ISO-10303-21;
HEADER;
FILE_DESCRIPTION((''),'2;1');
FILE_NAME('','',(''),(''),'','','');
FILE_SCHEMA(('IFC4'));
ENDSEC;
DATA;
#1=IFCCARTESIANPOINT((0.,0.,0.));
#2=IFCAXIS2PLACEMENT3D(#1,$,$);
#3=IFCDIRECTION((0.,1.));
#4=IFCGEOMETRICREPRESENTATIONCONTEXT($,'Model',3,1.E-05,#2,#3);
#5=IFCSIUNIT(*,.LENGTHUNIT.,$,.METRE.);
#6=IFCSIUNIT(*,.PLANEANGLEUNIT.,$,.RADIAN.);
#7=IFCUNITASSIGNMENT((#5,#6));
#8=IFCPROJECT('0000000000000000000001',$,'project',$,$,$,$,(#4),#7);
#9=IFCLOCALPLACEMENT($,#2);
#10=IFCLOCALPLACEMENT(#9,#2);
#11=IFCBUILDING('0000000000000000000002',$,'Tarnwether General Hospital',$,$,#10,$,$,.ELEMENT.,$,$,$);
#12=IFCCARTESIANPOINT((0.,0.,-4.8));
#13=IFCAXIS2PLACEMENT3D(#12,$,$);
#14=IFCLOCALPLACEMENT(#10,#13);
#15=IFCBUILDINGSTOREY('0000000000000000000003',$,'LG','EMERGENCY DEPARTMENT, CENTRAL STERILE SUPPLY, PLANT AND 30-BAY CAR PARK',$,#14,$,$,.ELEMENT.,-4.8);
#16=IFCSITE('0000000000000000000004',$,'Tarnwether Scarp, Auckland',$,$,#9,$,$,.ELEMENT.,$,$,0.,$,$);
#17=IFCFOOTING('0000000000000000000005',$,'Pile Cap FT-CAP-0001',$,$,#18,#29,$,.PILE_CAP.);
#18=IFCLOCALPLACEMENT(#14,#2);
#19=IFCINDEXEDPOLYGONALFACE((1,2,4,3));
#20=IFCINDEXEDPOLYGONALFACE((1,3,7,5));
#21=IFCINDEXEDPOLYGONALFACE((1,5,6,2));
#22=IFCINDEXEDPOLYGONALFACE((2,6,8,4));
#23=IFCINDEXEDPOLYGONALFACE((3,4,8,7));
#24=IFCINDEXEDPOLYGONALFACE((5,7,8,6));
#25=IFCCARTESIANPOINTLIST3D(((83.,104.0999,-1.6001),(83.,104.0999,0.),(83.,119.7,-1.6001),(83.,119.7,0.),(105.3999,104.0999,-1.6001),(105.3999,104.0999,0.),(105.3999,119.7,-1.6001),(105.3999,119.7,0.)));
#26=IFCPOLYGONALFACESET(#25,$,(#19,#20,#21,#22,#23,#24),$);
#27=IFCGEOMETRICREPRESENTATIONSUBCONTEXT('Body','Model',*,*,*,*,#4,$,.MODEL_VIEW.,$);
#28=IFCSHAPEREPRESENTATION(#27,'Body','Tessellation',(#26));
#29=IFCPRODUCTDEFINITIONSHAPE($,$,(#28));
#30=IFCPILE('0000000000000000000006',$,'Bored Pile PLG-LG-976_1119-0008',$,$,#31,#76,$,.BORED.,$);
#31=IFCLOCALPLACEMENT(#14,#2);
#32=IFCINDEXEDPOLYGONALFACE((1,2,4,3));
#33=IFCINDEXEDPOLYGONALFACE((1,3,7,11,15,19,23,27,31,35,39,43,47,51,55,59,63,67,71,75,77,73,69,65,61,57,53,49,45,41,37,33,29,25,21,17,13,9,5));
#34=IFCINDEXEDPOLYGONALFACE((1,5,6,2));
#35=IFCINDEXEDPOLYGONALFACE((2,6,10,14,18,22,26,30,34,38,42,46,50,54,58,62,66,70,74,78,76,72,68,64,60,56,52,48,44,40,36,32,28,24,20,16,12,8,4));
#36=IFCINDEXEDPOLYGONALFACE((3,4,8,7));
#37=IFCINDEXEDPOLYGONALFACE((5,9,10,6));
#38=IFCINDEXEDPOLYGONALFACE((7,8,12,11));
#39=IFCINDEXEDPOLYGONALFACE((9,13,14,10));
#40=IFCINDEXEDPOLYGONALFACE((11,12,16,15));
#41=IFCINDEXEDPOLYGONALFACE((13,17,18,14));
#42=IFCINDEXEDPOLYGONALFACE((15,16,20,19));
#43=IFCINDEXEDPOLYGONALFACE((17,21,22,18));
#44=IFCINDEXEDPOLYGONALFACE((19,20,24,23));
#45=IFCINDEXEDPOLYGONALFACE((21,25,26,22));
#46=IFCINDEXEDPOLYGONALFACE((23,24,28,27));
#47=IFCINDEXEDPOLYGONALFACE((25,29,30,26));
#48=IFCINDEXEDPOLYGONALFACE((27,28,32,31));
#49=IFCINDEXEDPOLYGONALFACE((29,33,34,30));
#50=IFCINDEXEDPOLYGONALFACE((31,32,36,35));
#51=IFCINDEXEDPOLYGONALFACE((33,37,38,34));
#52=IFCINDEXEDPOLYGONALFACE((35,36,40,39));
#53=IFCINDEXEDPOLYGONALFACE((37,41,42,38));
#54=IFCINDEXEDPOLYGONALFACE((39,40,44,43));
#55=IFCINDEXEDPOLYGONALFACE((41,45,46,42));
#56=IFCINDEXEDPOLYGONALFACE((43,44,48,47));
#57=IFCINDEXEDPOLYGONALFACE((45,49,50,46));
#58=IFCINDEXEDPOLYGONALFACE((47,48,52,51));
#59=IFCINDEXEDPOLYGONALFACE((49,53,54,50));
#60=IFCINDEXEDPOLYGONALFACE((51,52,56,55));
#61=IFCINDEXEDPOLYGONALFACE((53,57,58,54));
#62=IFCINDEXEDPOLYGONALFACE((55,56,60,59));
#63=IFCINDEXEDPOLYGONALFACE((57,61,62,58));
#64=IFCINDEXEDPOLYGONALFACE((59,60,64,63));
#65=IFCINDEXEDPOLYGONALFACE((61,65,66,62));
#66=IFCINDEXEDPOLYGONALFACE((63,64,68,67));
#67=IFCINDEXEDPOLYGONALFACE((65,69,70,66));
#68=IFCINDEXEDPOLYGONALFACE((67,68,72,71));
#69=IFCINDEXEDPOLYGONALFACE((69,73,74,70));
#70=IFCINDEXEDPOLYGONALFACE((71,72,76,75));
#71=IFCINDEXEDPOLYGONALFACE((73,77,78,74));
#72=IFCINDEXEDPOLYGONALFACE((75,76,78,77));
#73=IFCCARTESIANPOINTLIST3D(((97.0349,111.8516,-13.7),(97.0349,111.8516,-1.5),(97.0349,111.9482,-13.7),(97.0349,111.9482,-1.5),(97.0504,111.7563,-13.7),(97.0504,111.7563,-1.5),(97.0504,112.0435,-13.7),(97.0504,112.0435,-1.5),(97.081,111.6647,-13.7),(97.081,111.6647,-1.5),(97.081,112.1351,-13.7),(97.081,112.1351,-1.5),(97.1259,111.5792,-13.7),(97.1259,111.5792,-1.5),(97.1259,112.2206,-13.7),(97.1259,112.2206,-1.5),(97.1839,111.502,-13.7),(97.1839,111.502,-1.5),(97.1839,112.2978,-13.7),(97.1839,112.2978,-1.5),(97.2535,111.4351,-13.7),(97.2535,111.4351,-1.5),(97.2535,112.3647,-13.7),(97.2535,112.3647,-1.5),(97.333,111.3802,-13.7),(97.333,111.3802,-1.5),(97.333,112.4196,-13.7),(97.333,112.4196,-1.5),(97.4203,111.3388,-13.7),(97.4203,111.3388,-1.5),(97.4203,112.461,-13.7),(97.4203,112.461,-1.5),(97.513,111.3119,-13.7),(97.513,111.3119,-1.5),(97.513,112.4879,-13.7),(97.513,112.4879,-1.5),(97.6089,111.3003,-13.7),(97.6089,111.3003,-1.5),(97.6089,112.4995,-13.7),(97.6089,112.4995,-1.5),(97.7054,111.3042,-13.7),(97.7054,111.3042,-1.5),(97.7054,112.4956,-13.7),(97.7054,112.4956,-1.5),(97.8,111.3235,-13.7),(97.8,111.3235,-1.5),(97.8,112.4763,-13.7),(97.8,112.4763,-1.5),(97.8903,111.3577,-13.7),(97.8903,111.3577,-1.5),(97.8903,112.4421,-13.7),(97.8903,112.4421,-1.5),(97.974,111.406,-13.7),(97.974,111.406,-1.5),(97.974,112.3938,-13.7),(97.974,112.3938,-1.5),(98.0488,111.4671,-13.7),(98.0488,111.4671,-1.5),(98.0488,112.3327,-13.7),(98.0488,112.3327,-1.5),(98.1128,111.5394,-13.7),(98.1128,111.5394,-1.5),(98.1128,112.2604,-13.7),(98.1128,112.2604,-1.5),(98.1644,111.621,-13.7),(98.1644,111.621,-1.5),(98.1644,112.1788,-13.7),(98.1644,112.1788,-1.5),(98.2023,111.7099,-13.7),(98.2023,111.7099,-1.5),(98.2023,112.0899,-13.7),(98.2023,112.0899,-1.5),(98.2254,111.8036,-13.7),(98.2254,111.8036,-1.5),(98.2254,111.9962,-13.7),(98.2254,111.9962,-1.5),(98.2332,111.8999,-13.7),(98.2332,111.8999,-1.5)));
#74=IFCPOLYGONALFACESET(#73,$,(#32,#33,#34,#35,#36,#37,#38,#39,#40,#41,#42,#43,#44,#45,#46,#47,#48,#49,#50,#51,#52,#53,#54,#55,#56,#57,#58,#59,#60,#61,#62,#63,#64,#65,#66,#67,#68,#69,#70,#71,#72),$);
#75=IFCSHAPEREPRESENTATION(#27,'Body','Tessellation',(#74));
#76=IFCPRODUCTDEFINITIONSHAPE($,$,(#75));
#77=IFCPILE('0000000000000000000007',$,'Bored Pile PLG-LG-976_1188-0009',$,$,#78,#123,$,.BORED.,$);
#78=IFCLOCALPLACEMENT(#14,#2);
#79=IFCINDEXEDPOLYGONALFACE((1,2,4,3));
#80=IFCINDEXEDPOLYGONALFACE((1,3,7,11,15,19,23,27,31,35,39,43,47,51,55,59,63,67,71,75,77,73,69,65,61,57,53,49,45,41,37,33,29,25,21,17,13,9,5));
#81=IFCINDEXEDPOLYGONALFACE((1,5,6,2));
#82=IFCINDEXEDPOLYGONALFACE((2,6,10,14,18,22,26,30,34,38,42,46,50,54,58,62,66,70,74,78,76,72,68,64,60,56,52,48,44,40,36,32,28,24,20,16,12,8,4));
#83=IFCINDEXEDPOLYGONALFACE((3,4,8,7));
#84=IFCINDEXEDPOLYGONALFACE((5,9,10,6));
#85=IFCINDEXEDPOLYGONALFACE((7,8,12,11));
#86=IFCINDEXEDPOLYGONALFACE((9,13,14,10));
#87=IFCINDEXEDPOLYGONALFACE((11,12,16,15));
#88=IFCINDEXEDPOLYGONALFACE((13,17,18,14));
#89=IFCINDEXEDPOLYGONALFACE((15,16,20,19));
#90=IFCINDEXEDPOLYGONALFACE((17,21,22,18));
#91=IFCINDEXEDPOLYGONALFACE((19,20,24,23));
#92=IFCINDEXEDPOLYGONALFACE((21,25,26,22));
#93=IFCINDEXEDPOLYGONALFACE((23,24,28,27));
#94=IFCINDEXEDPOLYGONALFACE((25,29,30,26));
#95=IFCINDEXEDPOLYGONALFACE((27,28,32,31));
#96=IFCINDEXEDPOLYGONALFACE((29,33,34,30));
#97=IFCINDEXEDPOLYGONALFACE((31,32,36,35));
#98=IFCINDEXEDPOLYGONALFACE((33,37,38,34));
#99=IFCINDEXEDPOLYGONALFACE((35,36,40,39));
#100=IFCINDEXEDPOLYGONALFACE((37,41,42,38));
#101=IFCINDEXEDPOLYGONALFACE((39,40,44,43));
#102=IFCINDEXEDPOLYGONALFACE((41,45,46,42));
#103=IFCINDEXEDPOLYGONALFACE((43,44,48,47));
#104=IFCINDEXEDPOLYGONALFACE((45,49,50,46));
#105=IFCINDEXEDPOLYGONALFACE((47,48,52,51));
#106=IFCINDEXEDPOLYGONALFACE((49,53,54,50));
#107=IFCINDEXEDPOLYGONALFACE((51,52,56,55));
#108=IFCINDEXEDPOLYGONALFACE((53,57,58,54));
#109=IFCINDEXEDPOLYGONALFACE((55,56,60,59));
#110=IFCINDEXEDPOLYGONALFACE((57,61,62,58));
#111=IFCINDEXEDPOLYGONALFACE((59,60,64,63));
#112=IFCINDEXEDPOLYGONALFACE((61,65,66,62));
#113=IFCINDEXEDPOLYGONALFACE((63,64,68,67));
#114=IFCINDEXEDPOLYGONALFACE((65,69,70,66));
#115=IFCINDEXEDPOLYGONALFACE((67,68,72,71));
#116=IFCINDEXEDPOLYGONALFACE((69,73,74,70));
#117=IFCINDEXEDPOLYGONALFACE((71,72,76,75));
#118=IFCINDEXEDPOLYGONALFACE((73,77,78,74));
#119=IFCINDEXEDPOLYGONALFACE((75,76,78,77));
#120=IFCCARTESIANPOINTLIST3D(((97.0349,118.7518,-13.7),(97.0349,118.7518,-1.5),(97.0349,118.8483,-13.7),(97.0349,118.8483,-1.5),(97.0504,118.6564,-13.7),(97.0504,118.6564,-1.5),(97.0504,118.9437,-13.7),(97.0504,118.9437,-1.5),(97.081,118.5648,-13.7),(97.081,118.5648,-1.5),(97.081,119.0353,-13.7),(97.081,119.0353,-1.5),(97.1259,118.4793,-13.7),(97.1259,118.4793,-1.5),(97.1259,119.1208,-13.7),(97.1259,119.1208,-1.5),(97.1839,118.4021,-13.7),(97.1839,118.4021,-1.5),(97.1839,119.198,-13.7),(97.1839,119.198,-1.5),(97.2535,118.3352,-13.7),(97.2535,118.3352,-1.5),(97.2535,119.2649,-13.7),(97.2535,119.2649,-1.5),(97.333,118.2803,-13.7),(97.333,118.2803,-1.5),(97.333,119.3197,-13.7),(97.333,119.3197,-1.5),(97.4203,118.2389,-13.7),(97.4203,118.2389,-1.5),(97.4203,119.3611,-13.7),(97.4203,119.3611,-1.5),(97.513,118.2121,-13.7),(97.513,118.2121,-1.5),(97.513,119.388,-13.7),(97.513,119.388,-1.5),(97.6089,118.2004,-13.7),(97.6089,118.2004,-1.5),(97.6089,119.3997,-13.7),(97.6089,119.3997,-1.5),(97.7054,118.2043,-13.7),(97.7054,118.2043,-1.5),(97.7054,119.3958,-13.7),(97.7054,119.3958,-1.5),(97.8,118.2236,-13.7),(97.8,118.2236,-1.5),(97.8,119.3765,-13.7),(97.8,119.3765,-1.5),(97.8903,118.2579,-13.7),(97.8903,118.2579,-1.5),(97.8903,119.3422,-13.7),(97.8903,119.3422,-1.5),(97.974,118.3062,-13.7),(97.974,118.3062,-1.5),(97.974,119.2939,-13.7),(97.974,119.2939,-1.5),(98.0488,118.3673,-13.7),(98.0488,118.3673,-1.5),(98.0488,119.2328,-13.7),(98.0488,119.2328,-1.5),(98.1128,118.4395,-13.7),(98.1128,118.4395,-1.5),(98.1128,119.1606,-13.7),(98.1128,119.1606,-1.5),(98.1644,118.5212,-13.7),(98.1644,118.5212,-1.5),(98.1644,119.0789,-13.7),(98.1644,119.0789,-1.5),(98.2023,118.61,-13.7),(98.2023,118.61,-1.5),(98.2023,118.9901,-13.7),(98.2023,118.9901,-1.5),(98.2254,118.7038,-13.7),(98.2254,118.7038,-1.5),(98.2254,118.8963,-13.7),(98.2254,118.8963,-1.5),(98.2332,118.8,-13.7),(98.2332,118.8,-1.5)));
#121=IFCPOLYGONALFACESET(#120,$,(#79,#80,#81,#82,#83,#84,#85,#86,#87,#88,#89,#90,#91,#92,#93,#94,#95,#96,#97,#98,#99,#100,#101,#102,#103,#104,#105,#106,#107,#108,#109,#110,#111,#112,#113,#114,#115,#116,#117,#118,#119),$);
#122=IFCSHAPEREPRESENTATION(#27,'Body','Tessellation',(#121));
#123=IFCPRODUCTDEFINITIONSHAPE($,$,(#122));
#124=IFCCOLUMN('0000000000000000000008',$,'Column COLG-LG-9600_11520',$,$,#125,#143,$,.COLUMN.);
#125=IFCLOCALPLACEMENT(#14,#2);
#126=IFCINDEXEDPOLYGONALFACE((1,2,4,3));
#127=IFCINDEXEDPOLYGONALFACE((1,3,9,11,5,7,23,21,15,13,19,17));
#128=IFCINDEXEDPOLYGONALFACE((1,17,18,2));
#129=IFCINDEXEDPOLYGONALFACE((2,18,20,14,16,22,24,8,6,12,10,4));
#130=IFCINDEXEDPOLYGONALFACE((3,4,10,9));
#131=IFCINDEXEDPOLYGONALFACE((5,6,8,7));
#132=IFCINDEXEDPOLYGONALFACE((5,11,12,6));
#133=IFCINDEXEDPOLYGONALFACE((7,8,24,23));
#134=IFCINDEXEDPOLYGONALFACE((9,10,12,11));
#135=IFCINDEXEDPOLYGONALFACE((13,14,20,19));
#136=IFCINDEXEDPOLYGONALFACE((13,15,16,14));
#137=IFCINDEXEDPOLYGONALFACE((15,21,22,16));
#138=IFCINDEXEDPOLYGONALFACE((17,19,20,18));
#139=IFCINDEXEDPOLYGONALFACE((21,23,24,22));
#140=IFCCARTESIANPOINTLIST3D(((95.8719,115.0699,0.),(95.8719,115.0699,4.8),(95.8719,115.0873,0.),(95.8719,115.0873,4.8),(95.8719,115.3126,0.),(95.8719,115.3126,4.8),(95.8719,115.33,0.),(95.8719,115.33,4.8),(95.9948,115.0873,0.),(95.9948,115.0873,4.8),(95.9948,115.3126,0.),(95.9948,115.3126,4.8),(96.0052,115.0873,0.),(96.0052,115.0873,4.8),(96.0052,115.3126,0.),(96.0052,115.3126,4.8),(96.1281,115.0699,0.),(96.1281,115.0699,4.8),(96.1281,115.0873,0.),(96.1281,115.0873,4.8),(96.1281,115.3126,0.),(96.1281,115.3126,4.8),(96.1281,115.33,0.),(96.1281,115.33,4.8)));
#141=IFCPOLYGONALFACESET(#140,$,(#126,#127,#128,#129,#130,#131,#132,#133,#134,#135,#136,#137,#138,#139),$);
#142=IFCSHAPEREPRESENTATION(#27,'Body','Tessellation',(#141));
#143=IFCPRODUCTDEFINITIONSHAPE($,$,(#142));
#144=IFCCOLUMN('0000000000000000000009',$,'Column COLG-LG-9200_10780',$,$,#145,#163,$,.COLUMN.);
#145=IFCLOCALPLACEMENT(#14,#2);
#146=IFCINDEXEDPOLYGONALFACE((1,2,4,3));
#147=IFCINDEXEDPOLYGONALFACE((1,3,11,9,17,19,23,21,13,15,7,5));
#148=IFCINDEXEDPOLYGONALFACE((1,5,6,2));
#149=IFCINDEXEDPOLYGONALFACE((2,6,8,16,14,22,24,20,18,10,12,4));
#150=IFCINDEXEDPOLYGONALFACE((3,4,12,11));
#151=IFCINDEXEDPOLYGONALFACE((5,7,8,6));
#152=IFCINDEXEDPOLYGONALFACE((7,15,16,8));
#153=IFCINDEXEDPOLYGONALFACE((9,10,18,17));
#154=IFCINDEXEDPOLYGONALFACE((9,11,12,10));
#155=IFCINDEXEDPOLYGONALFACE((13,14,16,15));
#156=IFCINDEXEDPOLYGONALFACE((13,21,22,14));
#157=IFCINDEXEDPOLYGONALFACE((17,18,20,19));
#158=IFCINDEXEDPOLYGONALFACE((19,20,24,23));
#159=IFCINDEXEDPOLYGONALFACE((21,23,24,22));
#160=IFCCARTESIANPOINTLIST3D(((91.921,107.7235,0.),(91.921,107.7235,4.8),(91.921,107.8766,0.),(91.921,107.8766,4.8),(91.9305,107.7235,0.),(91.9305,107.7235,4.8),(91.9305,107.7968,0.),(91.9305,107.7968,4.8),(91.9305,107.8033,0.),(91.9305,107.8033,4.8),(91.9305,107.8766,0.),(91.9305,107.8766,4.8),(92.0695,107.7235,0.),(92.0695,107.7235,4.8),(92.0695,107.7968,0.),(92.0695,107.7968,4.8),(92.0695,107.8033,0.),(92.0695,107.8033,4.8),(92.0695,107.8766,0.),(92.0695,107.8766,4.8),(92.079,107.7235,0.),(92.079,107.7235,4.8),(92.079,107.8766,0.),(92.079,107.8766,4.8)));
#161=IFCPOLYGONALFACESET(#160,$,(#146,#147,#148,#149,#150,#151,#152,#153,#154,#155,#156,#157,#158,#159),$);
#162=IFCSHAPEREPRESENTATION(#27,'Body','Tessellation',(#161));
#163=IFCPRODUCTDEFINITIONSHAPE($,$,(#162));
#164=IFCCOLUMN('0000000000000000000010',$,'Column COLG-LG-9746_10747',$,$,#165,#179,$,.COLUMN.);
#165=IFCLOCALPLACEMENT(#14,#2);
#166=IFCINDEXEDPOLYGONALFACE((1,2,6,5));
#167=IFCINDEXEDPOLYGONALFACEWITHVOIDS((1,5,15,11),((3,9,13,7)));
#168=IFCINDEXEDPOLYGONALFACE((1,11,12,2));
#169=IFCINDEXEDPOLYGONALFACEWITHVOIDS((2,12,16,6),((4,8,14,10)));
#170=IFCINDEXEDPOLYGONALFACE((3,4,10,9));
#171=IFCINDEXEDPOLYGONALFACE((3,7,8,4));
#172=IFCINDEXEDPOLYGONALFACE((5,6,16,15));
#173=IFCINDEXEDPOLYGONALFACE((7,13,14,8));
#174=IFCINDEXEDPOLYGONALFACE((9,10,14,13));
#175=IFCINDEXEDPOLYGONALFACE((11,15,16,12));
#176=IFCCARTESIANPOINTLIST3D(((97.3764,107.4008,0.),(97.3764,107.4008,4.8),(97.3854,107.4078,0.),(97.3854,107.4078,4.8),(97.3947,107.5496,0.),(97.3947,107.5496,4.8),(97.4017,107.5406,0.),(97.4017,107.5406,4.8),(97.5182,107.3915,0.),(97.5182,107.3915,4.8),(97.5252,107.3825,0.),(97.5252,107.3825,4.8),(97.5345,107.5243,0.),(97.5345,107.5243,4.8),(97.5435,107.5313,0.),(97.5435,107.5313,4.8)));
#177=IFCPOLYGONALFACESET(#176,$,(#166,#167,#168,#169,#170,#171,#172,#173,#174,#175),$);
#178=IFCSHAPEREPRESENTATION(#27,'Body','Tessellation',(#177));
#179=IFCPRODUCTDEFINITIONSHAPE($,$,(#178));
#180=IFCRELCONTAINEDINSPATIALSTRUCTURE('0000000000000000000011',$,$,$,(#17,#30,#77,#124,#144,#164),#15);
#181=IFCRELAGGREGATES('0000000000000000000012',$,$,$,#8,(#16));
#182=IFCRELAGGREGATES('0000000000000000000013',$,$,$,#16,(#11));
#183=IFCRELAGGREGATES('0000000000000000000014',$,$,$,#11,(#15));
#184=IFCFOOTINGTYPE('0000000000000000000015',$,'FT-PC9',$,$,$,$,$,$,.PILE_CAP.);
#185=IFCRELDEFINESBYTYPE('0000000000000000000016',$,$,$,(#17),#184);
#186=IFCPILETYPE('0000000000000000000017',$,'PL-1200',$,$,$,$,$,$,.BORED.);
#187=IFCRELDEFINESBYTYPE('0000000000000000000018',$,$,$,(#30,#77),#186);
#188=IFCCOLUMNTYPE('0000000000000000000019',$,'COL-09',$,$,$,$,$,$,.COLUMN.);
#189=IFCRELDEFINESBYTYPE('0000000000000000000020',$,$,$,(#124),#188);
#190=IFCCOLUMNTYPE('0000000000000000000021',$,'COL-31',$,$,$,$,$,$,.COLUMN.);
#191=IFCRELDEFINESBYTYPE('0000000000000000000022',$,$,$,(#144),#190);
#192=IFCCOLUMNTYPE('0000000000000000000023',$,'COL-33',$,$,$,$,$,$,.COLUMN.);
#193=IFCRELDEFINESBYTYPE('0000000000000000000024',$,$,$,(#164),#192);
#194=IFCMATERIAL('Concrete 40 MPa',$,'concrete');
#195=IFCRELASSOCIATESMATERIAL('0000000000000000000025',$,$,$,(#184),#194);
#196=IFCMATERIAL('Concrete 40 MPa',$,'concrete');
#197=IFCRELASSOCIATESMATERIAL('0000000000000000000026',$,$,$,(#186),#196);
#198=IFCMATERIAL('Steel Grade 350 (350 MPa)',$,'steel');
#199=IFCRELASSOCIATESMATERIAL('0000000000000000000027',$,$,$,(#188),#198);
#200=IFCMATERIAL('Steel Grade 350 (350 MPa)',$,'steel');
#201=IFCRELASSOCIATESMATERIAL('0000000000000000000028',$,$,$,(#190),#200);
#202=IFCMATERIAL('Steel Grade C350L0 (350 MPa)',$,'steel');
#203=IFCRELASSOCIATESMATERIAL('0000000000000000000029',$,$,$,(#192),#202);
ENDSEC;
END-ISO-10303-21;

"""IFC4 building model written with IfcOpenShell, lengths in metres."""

from ifc_helpers import new_model, si_unit, direction, frame, origin, origin_2d, place, context, subcontext, project, spatial, rectangle, hollow_rectangle, circle, i_section, extrude, material, material_profile, profile_set, type_object, element, save


model = new_model("IFC4")

# Units and contexts
model_context = context("Model", 3, precision=1e-05, world=origin(), true_north=direction((0.0, 1.0)))
body_context = subcontext(model_context, "Body", "Model", "MODEL_VIEW")
ifc_project = project(units=[si_unit("LENGTHUNIT", "METRE"), si_unit("PLANEANGLEUNIT", "RADIAN")], contexts=[model_context])

# Site, building, storey
site_placement = place(None, origin())
site = spatial("IfcSite", under=ifc_project, at=site_placement, Name="Tarnwether Scarp, Auckland", CompositionType="ELEMENT", RefElevation=0.0)
building_placement = place(site_placement, origin())
building = spatial("IfcBuilding", under=site, at=building_placement, Name="Tarnwether General Hospital", CompositionType="ELEMENT")
storey_placement = place(building_placement, frame((0.0, 0.0, -4.8)))
storey = spatial("IfcBuildingStorey", under=building, at=storey_placement, Name="LG", Description="EMERGENCY DEPARTMENT, CENTRAL STERILE SUPPLY, PLANT AND 30-BAY CAR PARK", CompositionType="ELEMENT", Elevation=-4.8)

# Footing
ifc_material_1 = material(Name="Concrete 40 MPa", Category="concrete")
footing_type = type_object("IfcFootingType", Name="FT-PC9", PredefinedType="PILE_CAP", material=ifc_material_1)
footing_placement = place(storey_placement, frame((94.2, 111.8999, -1.6001), z_axis=(0.0, 0.0, 1.0), x_axis=(1.0, 0.0, 0.0)))
element("IfcFooting", 1, at=footing_placement, inside=storey, type_object=footing_type, Name="Pile Cap FT-CAP-0001", PredefinedType="PILE_CAP", context=body_context, shape_type="SweptSolid", body=[
    extrude(rectangle(XDim=22.3999, YDim=15.6001, at=origin_2d()), origin(), (0.0, 0.0, 1.0), 1.6001),
])

# Piles
ifc_material_2 = material(Name="Concrete 40 MPa", Category="concrete")
ifc_material_profile_1 = material_profile(ifc_material_2, circle(Radius=0.6001, at=origin_2d()), Name="PILE-D1200")
ifc_profile_set_1 = profile_set([ifc_material_profile_1], Name="Concrete 40 MPa")
pile_type = type_object("IfcPileType", Name="PL-1200", PredefinedType="BORED", material=ifc_profile_set_1)
for number, where, z_axis, x_axis, name in (
    (2, (97.6331, 111.8999, -1.5), (0.0, 0.0, -1.0), (1.0, 0.0, 0.0), "Bored Pile PLG-LG-976_1119-0008"),
    (3, (97.6331, 118.8, -1.5), (0.0, 0.0, -1.0), (1.0, 0.0, 0.0), "Bored Pile PLG-LG-976_1188-0009"),
):
    element("IfcPile", number, at=place(storey_placement, frame(where, z_axis=z_axis, x_axis=x_axis)), inside=storey, type_object=pile_type, Name=name, PredefinedType="BORED", context=body_context, shape_type="SweptSolid", body=[
        extrude(circle(Radius=0.6001, at=origin_2d()), origin(), (0.0, 0.0, 1.0), 12.2),
    ])

# Columns
ifc_material_3 = material(Name="Steel Grade 350 (350 MPa)", Category="steel")
ifc_material_profile_2 = material_profile(ifc_material_3, i_section(OverallWidth=0.2561, OverallDepth=0.26, WebThickness=0.0105, FlangeThickness=0.0173, at=origin_2d()), Name="250UC89.5")
ifc_profile_set_2 = profile_set([ifc_material_profile_2], Name="Steel Grade 350 (350 MPa)")
column_type_1 = type_object("IfcColumnType", Name="COL-09", PredefinedType="COLUMN", material=ifc_profile_set_2)
column_1_placement = place(storey_placement, frame((96.0, 115.2, 0.0), z_axis=(0.0, 0.0, 1.0), x_axis=(1.0, 0.0, 0.0)))
element("IfcColumn", 4, at=column_1_placement, inside=storey, type_object=column_type_1, Name="Column COLG-LG-9600_11520", PredefinedType="COLUMN", context=body_context, shape_type="SweptSolid", body=[
    extrude(i_section(OverallWidth=0.2561, OverallDepth=0.26, WebThickness=0.0105, FlangeThickness=0.0173, at=origin_2d()), origin(), (0.0, 0.0, 1.0), 4.8),
])
ifc_material_4 = material(Name="Steel Grade 350 (350 MPa)", Category="steel")
ifc_material_profile_3 = material_profile(ifc_material_4, i_section(OverallWidth=0.1531, OverallDepth=0.158, WebThickness=0.0066, FlangeThickness=0.0095, at=origin_2d()), Name="150UC30.0")
ifc_profile_set_3 = profile_set([ifc_material_profile_3], Name="Steel Grade 350 (350 MPa)")
column_type_2 = type_object("IfcColumnType", Name="COL-31", PredefinedType="COLUMN", material=ifc_profile_set_3)
column_2_placement = place(storey_placement, frame((92.0, 107.8, 0.0), z_axis=(0.0, 0.0, 1.0), x_axis=(0.0, 1.0, 0.0)))
element("IfcColumn", 5, at=column_2_placement, inside=storey, type_object=column_type_2, Name="Column COLG-LG-9200_10780", PredefinedType="COLUMN", context=body_context, shape_type="SweptSolid", body=[
    extrude(i_section(OverallWidth=0.1531, OverallDepth=0.158, WebThickness=0.0066, FlangeThickness=0.0095, at=origin_2d()), origin(), (0.0, 0.0, 1.0), 4.8),
])
ifc_material_5 = material(Name="Steel Grade C350L0 (350 MPa)", Category="steel")
ifc_material_profile_4 = material_profile(ifc_material_5, hollow_rectangle(XDim=0.1499, YDim=0.1499, WallThickness=0.0081, at=origin_2d()), Name="SHS150x150x8")
ifc_profile_set_4 = profile_set([ifc_material_profile_4], Name="Steel Grade C350L0 (350 MPa)")
column_type_3 = type_object("IfcColumnType", Name="COL-33", PredefinedType="COLUMN", material=ifc_profile_set_4)
column_3_placement = place(storey_placement, frame((97.46, 107.4661, 0.0), z_axis=(0.0, 0.0, 1.0), x_axis=(0.121869, 0.992546, 0.0)))
element("IfcColumn", 6, at=column_3_placement, inside=storey, type_object=column_type_3, Name="Column COLG-LG-9746_10747", PredefinedType="COLUMN", context=body_context, shape_type="SweptSolid", body=[
    extrude(hollow_rectangle(XDim=0.1499, YDim=0.1499, WallThickness=0.0081, at=origin_2d()), origin(), (0.0, 0.0, 1.0), 4.8),
])

save(model, "model.ifc")
